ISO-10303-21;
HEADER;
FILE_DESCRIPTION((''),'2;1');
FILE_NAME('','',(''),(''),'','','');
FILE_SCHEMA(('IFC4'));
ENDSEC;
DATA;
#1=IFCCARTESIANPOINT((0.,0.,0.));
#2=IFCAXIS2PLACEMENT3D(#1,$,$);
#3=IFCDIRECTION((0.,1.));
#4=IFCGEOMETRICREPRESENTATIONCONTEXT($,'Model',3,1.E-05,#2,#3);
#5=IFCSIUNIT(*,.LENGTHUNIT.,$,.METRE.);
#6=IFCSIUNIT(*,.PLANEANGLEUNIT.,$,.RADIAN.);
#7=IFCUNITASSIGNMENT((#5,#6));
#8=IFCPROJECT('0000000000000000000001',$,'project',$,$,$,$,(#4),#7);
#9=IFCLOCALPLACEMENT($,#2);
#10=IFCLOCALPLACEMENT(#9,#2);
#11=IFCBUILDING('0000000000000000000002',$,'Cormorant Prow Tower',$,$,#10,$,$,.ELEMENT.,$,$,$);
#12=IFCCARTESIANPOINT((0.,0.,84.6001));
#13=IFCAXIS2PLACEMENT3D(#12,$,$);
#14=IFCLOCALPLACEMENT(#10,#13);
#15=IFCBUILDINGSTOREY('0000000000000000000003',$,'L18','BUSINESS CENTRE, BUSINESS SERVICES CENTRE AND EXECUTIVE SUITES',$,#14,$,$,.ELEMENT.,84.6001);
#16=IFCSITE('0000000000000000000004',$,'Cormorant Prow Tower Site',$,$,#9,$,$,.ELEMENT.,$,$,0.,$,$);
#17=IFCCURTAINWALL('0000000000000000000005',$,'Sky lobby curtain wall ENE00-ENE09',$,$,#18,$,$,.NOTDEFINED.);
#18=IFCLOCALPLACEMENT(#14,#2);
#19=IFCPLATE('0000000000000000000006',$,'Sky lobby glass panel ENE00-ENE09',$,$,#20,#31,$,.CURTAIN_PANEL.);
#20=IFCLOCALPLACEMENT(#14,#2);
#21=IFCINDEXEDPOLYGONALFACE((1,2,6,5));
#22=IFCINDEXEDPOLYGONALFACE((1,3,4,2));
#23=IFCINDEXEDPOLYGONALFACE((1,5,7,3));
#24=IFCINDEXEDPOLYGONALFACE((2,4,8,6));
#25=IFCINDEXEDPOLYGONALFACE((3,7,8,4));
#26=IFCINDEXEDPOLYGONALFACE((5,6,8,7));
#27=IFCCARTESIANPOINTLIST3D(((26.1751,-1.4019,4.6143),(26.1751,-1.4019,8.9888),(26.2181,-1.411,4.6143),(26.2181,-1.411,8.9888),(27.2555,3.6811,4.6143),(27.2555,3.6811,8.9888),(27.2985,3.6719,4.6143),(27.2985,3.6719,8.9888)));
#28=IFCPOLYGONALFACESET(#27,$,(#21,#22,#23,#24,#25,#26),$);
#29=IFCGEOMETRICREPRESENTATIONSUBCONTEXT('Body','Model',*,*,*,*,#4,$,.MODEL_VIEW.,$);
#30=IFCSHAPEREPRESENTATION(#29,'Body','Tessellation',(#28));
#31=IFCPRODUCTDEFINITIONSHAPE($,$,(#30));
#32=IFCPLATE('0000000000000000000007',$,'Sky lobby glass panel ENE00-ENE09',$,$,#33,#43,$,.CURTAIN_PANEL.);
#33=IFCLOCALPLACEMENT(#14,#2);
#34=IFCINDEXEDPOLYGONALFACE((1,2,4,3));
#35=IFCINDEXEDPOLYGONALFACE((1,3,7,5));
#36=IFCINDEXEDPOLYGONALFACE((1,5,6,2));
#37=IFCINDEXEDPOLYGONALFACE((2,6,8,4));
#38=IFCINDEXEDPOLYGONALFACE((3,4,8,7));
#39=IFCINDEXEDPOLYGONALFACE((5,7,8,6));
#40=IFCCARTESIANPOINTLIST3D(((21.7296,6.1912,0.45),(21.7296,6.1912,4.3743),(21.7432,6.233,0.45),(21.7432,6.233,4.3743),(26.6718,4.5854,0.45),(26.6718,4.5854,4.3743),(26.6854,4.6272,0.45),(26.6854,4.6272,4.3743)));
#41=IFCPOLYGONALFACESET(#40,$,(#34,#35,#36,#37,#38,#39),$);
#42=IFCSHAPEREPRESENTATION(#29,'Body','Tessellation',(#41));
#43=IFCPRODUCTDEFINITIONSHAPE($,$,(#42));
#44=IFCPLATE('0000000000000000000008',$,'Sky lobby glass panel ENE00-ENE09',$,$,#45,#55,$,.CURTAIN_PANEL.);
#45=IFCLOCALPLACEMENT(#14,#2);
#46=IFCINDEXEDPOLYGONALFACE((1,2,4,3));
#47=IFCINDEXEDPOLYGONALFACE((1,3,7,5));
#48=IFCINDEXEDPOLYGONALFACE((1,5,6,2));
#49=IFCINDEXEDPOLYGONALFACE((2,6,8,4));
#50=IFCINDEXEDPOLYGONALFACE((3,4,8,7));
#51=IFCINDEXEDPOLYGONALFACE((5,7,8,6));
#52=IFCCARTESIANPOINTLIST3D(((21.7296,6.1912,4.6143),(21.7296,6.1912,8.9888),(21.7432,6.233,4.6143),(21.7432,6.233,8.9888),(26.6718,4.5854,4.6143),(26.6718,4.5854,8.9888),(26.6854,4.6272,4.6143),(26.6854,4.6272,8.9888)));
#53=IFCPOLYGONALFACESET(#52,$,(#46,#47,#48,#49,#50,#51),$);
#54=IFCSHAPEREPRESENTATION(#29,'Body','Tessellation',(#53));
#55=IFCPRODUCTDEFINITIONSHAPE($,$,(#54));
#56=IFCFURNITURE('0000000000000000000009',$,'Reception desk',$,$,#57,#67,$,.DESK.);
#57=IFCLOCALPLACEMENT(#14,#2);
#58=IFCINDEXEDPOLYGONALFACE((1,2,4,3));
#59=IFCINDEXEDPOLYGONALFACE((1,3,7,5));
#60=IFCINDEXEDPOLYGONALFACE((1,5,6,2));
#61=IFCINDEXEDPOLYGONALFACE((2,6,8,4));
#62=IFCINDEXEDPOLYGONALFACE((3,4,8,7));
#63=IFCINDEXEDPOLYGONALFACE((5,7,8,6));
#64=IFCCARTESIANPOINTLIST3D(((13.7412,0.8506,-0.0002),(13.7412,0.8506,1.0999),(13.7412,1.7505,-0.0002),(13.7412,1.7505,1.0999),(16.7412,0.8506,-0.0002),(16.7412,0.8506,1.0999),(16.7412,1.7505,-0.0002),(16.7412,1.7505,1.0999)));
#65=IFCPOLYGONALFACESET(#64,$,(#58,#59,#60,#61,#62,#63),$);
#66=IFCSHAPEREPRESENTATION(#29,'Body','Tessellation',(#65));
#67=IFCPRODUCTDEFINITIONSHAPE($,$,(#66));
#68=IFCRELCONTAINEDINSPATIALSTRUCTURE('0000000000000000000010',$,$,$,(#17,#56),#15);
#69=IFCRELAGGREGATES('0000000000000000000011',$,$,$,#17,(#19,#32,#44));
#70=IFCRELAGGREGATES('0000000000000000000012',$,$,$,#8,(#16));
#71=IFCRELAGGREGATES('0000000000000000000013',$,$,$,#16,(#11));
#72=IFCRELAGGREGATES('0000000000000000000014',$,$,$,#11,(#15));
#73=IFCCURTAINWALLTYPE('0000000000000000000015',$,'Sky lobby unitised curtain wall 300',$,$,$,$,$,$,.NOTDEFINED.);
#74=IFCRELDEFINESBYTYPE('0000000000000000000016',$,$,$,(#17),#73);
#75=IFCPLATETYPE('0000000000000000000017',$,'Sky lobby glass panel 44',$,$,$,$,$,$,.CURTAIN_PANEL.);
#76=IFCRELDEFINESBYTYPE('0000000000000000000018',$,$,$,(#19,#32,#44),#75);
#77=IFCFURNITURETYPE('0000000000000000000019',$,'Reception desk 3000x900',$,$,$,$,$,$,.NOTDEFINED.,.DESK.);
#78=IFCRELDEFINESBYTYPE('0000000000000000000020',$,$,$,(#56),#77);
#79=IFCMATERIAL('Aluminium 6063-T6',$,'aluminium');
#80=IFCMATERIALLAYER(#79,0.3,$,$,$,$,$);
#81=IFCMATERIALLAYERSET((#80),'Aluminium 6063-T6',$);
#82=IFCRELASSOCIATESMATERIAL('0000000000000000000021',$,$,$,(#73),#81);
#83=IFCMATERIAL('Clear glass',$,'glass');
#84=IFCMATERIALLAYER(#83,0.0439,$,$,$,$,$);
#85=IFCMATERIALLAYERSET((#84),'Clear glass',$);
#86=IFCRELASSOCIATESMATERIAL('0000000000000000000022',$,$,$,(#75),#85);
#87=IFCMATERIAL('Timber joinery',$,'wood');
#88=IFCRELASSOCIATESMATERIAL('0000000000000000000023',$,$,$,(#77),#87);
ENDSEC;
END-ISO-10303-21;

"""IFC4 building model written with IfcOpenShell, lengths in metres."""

from ifc_helpers import new_model, si_unit, direction, frame, origin, origin_2d, place, context, subcontext, project, spatial, rectangle, extrude, material, layer, layer_set, type_object, element, aggregate, save


model = new_model("IFC4")

# Units and contexts
model_context = context("Model", 3, precision=1e-05, world=origin(), true_north=direction((0.0, 1.0)))
body_context = subcontext(model_context, "Body", "Model", "MODEL_VIEW")
ifc_project = project(units=[si_unit("LENGTHUNIT", "METRE"), si_unit("PLANEANGLEUNIT", "RADIAN")], contexts=[model_context])

# Site, building, storey
site_placement = place(None, origin())
site = spatial("IfcSite", under=ifc_project, at=site_placement, Name="Cormorant Prow Tower Site", CompositionType="ELEMENT", RefElevation=0.0)
building_placement = place(site_placement, origin())
building = spatial("IfcBuilding", under=site, at=building_placement, Name="Cormorant Prow Tower", CompositionType="ELEMENT")
storey_placement = place(building_placement, frame((0.0, 0.0, 84.6001)))
storey = spatial("IfcBuildingStorey", under=building, at=storey_placement, Name="L18", Description="BUSINESS CENTRE, BUSINESS SERVICES CENTRE AND EXECUTIVE SUITES", CompositionType="ELEMENT", Elevation=84.6001)

# Curtain wall
ifc_material_1 = material(Name="Aluminium 6063-T6", Category="aluminium")
ifc_layer_1 = layer(ifc_material_1, 0.3)
ifc_layer_set_1 = layer_set([ifc_layer_1], Name="Aluminium 6063-T6")
curtain_wall_type = type_object("IfcCurtainWallType", Name="Sky lobby unitised curtain wall 300", PredefinedType="NOTDEFINED", material=ifc_layer_set_1)
curtain_wall_placement = place(storey_placement, origin())
curtain_wall = element("IfcCurtainWall", 1, at=curtain_wall_placement, inside=storey, type_object=curtain_wall_type, Name="Sky lobby curtain wall ENE00-ENE09", PredefinedType="NOTDEFINED")

# Plates
ifc_material_2 = material(Name="Clear glass", Category="glass")
ifc_layer_2 = layer(ifc_material_2, 0.0439)
ifc_layer_set_2 = layer_set([ifc_layer_2], Name="Clear glass")
plate_type = type_object("IfcPlateType", Name="Sky lobby glass panel 44", PredefinedType="CURTAIN_PANEL", material=ifc_layer_set_2)
plate_1_placement = place(storey_placement, frame((26.7368, 1.135, 4.6143), z_axis=(0.0, 0.0, 1.0), x_axis=(0.207912, 0.978148, 0.0)))
plate_1 = element("IfcPlate", 2, at=plate_1_placement, type_object=plate_type, Name="Sky lobby glass panel ENE00-ENE09", PredefinedType="CURTAIN_PANEL", context=body_context, shape_type="SweptSolid", body=[
    extrude(rectangle(XDim=5.1965, YDim=0.0439, at=origin_2d()), origin(), (0.0, 0.0, 1.0), 4.3745),
])
plate_2_placement = place(storey_placement, frame((24.2075, 5.4092, 0.45), z_axis=(0.0, 0.0, 1.0), x_axis=(-0.951057, 0.309017, 0.0)))
plate_2 = element("IfcPlate", 3, at=plate_2_placement, type_object=plate_type, Name="Sky lobby glass panel ENE00-ENE09", PredefinedType="CURTAIN_PANEL", context=body_context, shape_type="SweptSolid", body=[
    extrude(rectangle(XDim=5.1965, YDim=0.0439, at=origin_2d()), origin(), (0.0, 0.0, 1.0), 3.9243),
])
plate_3_placement = place(storey_placement, frame((24.2075, 5.4092, 4.6143), z_axis=(0.0, 0.0, 1.0), x_axis=(-0.951057, 0.309017, 0.0)))
plate_3 = element("IfcPlate", 4, at=plate_3_placement, type_object=plate_type, Name="Sky lobby glass panel ENE00-ENE09", PredefinedType="CURTAIN_PANEL", context=body_context, shape_type="SweptSolid", body=[
    extrude(rectangle(XDim=5.1965, YDim=0.0439, at=origin_2d()), origin(), (0.0, 0.0, 1.0), 4.3745),
])
aggregate(curtain_wall, [plate_1, plate_2, plate_3])

# Furniture
ifc_material_3 = material(Name="Timber joinery", Category="wood")
furniture_type = type_object("IfcFurnitureType", Name="Reception desk 3000x900", AssemblyPlace="NOTDEFINED", PredefinedType="DESK", material=ifc_material_3)
furniture_placement = place(storey_placement, frame((15.2412, 1.3005, -0.0002), z_axis=(0.0, 0.0, 1.0), x_axis=(1.0, 0.0, 0.0)))
element("IfcFurniture", 5, at=furniture_placement, inside=storey, type_object=furniture_type, Name="Reception desk", PredefinedType="DESK", context=body_context, shape_type="SweptSolid", body=[
    extrude(rectangle(XDim=3.0, YDim=0.8999, at=origin_2d()), origin(), (0.0, 0.0, 1.0), 1.1001),
])

save(model, "model.ifc")
